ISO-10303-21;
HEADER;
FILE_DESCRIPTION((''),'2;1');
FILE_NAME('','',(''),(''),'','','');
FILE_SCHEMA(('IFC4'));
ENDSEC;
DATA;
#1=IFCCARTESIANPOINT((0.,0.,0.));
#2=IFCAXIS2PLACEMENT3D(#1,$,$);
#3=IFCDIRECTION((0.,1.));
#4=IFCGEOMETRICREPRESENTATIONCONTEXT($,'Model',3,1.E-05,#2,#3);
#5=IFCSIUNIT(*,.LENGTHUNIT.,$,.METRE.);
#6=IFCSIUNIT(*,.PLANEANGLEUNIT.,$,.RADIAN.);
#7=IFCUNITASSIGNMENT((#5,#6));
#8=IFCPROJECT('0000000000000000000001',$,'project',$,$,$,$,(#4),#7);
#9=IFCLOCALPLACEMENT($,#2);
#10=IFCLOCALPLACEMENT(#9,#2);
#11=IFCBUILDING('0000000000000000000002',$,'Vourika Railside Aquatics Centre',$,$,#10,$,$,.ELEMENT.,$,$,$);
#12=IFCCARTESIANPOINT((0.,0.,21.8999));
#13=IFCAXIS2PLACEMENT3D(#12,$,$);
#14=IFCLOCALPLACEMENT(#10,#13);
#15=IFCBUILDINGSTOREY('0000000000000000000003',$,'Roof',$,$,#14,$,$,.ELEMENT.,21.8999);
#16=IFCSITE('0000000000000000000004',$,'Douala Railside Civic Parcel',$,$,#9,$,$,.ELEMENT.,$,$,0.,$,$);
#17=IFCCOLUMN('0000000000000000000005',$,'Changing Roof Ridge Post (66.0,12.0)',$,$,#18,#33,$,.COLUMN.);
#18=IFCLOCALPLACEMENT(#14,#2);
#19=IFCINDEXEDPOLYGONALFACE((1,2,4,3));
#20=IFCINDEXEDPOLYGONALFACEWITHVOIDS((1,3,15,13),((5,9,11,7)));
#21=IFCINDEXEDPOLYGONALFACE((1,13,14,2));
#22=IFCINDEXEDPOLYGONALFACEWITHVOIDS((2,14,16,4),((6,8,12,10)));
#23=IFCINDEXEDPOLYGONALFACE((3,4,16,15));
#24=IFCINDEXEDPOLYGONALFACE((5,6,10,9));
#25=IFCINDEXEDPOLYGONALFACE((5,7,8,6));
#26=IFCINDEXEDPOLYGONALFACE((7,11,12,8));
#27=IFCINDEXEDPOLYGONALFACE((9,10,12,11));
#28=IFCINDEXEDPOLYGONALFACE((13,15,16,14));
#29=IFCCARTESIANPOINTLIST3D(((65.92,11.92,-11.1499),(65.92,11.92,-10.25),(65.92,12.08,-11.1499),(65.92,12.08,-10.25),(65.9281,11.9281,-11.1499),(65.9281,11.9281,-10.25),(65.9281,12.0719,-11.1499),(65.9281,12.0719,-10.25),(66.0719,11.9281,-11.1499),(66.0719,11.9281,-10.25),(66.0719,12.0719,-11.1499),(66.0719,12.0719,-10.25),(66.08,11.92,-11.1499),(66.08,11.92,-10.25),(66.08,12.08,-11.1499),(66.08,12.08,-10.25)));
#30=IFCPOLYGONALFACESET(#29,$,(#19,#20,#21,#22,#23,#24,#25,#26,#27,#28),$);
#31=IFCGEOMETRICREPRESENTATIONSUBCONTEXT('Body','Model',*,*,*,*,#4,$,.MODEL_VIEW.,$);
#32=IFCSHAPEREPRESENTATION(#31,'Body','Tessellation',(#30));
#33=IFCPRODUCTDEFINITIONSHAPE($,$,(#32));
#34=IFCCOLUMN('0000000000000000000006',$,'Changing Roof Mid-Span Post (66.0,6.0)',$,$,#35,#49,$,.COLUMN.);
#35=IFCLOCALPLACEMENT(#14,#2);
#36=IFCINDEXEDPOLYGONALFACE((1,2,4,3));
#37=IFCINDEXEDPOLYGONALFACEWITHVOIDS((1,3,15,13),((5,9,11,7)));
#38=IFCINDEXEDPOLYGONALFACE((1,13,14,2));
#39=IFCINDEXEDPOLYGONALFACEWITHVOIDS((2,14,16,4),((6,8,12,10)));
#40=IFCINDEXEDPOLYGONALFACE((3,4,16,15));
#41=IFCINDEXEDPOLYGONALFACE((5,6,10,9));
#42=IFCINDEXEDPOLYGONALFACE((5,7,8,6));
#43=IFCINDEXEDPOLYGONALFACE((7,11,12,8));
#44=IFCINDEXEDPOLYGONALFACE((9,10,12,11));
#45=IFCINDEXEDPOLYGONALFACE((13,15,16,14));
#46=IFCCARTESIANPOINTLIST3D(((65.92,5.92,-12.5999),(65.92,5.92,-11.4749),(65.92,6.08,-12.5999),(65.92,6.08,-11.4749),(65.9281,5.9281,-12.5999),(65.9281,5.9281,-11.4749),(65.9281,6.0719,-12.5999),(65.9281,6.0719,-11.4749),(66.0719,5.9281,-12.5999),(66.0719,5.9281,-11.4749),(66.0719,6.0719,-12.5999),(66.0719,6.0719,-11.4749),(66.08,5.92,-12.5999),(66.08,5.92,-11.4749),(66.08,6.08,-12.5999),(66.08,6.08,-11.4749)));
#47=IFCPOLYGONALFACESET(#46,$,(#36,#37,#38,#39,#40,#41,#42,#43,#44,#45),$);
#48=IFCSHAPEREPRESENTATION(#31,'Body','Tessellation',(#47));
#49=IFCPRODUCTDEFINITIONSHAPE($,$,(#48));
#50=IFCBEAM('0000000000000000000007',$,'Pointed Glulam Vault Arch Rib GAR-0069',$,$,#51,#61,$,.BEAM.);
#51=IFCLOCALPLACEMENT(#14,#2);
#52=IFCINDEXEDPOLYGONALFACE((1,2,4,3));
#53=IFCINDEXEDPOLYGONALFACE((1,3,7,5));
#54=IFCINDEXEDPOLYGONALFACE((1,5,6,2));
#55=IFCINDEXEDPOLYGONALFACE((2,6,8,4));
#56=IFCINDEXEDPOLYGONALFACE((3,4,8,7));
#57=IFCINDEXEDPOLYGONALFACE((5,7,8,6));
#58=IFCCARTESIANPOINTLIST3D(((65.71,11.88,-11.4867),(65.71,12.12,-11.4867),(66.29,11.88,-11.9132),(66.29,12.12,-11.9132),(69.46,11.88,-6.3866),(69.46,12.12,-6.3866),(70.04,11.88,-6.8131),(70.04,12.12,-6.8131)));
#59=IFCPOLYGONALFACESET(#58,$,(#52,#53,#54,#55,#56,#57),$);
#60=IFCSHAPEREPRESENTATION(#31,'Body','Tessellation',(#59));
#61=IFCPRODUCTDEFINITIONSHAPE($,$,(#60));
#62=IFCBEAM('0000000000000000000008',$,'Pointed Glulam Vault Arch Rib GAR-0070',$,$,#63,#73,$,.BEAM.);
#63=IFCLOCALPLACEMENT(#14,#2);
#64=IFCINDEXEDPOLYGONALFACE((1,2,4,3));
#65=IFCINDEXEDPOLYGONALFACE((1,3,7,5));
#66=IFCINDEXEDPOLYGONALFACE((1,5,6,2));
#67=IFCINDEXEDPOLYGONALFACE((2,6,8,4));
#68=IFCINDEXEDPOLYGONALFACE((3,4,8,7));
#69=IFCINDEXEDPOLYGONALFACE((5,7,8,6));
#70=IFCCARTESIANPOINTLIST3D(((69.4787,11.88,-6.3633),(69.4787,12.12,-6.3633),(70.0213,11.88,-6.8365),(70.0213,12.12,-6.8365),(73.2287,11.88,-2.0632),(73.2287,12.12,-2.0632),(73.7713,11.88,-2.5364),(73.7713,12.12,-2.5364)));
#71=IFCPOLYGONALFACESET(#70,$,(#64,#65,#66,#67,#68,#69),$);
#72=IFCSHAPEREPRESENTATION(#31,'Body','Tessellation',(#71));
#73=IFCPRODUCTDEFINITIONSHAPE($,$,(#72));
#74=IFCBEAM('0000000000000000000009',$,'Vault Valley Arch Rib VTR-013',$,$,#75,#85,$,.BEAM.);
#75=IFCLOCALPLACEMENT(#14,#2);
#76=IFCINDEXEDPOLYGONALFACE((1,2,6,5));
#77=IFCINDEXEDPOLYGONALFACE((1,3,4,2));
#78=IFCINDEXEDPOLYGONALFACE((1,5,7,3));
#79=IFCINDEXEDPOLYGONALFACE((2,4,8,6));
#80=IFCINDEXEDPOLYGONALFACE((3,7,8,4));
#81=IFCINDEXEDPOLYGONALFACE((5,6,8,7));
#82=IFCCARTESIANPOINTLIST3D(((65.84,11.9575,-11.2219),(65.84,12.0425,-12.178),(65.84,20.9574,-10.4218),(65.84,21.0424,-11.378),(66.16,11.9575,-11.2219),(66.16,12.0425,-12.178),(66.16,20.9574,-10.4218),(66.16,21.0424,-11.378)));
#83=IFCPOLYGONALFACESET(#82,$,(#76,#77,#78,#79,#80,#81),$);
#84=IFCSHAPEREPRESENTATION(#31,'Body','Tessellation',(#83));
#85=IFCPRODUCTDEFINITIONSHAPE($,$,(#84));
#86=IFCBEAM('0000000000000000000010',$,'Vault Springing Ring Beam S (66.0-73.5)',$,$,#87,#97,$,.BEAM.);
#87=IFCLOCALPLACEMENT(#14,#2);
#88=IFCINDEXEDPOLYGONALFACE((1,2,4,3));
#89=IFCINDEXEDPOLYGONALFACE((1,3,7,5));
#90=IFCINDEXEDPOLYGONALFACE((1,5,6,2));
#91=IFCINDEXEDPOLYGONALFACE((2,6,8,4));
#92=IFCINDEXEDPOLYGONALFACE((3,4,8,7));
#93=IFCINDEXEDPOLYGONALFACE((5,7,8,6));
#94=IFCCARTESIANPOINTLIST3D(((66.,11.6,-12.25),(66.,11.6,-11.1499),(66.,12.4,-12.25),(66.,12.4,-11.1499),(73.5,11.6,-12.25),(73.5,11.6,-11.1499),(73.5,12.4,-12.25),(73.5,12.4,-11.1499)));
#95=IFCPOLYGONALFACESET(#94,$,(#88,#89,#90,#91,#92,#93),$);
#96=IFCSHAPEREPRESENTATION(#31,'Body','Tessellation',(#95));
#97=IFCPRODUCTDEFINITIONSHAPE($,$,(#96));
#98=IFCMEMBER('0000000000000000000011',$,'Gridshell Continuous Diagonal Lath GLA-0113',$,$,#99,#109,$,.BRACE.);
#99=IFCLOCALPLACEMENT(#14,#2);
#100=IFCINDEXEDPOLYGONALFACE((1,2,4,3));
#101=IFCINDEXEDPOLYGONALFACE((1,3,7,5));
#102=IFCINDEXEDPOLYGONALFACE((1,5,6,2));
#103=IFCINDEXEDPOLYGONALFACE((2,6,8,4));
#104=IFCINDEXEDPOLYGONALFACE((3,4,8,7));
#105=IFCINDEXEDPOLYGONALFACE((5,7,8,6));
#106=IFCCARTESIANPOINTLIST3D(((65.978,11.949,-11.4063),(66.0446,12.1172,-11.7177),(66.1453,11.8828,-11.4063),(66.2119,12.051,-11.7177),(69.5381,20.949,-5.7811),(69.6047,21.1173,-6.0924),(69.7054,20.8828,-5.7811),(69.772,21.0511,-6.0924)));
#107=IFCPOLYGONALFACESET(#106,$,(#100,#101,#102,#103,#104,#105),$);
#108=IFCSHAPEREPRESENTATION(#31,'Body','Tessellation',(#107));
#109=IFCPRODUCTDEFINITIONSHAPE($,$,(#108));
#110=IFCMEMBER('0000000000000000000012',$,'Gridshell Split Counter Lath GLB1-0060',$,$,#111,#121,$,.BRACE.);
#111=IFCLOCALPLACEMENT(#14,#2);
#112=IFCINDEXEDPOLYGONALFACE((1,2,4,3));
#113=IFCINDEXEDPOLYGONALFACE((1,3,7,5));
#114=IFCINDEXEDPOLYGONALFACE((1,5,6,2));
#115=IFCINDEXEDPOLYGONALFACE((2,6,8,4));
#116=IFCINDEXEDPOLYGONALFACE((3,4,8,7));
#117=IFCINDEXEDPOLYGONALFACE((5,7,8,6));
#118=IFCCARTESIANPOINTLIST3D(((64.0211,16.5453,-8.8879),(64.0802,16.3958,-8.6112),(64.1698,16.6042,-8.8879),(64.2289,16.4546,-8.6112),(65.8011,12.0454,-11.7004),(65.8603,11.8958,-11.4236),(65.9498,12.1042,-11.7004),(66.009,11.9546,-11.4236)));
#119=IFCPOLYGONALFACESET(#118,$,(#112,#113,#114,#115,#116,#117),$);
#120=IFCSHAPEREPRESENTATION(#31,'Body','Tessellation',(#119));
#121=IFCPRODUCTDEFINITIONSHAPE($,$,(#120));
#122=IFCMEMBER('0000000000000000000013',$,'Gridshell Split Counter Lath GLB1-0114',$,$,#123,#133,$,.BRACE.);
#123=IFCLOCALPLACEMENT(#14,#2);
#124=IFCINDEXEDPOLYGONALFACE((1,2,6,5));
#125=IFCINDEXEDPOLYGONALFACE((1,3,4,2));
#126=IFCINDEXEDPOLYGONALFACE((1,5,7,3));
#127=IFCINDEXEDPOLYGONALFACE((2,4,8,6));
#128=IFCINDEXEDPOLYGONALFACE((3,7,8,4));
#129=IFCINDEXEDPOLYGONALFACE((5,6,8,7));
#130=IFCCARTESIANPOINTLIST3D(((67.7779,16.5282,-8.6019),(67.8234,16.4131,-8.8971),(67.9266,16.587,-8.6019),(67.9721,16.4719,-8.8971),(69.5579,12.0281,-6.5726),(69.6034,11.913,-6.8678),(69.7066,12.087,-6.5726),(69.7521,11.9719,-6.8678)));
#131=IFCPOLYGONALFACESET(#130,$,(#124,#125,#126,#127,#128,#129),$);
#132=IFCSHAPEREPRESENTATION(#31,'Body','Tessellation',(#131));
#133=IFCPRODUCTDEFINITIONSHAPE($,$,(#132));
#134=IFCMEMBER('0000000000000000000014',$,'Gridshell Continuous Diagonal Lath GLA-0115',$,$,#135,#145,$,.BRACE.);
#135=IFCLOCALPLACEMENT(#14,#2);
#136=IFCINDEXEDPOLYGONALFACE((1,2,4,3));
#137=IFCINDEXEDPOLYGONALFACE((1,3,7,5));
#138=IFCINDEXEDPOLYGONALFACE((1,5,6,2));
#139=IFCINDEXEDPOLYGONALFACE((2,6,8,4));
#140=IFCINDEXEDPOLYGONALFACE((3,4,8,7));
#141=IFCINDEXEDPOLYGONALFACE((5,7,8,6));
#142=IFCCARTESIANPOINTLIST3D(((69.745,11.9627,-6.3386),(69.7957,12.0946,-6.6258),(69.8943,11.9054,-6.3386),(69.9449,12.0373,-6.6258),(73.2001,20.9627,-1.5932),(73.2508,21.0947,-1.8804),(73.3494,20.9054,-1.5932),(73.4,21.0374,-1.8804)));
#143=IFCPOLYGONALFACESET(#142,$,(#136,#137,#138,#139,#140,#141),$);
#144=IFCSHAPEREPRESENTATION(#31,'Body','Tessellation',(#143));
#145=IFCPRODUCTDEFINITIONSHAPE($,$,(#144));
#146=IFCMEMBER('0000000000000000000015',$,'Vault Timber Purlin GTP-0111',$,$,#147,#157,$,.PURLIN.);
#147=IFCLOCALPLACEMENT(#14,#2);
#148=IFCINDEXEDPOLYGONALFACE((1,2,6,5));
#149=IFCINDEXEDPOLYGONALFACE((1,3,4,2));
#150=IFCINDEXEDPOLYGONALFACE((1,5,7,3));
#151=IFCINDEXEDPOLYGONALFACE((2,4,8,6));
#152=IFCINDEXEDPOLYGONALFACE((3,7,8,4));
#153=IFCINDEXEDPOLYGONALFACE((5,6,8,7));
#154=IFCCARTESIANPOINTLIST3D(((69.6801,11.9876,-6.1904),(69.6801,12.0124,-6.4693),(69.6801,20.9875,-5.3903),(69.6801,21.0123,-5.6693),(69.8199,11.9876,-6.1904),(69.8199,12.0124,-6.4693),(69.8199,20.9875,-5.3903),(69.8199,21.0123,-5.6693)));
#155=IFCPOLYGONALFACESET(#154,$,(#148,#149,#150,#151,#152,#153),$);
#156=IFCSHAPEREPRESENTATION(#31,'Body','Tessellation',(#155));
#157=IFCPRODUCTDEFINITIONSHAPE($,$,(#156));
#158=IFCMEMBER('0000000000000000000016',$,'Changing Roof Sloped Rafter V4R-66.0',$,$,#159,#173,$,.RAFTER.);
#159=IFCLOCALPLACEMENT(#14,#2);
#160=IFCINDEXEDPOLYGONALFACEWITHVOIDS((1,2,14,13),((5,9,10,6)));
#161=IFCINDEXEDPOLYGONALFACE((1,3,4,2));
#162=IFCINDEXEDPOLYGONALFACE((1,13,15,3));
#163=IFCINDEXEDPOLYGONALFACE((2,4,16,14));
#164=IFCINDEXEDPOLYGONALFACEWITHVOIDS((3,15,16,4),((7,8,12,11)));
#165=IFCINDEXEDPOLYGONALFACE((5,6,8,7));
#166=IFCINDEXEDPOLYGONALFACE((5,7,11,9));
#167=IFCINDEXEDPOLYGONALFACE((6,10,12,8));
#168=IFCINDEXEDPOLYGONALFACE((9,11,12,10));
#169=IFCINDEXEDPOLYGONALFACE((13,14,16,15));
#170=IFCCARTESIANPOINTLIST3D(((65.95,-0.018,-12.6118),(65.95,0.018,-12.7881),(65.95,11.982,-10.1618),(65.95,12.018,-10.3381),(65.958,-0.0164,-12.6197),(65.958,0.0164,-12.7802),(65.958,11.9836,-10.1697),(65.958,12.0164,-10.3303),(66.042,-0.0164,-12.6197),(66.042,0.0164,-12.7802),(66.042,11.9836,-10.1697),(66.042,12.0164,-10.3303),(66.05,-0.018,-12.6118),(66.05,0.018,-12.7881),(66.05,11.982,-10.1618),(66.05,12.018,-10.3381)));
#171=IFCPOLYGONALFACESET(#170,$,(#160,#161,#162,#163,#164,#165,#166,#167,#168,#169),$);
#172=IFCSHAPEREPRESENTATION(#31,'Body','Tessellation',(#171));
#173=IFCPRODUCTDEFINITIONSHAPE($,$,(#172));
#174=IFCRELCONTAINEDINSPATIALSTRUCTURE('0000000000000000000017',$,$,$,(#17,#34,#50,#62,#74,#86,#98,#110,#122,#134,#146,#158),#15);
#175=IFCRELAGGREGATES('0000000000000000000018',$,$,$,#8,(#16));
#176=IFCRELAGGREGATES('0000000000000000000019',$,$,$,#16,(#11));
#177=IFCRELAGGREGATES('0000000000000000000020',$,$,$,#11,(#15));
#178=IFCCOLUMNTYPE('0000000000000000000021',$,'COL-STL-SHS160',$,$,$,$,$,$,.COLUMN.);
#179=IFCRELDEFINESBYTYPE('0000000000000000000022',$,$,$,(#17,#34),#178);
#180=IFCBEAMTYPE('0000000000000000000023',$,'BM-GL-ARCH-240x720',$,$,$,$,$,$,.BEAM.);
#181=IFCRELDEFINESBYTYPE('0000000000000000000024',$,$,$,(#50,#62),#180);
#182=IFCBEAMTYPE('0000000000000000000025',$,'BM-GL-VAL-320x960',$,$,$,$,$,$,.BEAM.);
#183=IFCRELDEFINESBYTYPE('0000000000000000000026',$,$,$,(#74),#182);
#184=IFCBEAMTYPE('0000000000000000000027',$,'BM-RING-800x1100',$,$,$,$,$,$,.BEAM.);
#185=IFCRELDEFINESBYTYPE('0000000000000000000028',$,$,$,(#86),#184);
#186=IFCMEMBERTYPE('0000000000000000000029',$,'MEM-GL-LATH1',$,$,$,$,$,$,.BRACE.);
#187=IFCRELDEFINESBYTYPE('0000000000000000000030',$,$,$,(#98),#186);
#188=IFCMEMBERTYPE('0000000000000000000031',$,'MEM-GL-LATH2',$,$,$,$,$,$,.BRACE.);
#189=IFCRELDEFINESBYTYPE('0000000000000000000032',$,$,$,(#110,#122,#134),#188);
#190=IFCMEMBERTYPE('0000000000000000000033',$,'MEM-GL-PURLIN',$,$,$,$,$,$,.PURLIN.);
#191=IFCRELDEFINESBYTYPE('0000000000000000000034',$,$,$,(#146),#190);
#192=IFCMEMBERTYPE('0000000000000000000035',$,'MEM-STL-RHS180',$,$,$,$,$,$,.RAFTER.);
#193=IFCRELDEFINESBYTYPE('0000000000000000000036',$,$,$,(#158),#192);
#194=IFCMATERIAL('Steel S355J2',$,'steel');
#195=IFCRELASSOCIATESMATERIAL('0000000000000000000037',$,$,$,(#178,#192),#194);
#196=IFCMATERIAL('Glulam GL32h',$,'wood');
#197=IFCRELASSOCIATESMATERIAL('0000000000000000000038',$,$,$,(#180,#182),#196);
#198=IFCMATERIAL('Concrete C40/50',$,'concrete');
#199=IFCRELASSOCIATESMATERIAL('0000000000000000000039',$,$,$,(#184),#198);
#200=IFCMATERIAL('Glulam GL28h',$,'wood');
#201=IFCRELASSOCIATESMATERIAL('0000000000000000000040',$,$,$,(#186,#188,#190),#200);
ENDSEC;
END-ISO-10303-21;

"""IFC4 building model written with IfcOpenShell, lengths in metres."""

from ifc_helpers import new_model, si_unit, direction, frame, origin, origin_2d, place, context, subcontext, project, spatial, rectangle, hollow_rectangle, extrude, material, material_profile, profile_set, type_object, element, save


model = new_model("IFC4")

# Units and contexts
model_context = context("Model", 3, precision=1e-05, world=origin(), true_north=direction((0.0, 1.0)))
body_context = subcontext(model_context, "Body", "Model", "MODEL_VIEW")
ifc_project = project(units=[si_unit("LENGTHUNIT", "METRE"), si_unit("PLANEANGLEUNIT", "RADIAN")], contexts=[model_context])

# Site, building, storey
site_placement = place(None, origin())
site = spatial("IfcSite", under=ifc_project, at=site_placement, Name="Douala Railside Civic Parcel", CompositionType="ELEMENT", RefElevation=0.0)
building_placement = place(site_placement, origin())
building = spatial("IfcBuilding", under=site, at=building_placement, Name="Vourika Railside Aquatics Centre", CompositionType="ELEMENT")
storey_placement = place(building_placement, frame((0.0, 0.0, 21.8999)))
storey = spatial("IfcBuildingStorey", under=building, at=storey_placement, Name="Roof", CompositionType="ELEMENT", Elevation=21.8999)

# Columns
ifc_material_1 = material(Name="Steel S355J2", Category="steel")
ifc_material_profile_1 = material_profile(ifc_material_1, hollow_rectangle(XDim=0.1599, YDim=0.1599, WallThickness=0.0081, at=origin_2d()), Name="SHS 160x160x8")
ifc_profile_set_1 = profile_set([ifc_material_profile_1], Name="Steel S355J2")
column_type = type_object("IfcColumnType", Name="COL-STL-SHS160", PredefinedType="COLUMN", material=ifc_profile_set_1)
column_1_placement = place(storey_placement, frame((66.0, 12.0, -11.1499), z_axis=(0.0, 0.0, 1.0), x_axis=(1.0, 0.0, 0.0)))
element("IfcColumn", 1, at=column_1_placement, inside=storey, type_object=column_type, Name="Changing Roof Ridge Post (66.0,12.0)", PredefinedType="COLUMN", context=body_context, shape_type="SweptSolid", body=[
    extrude(hollow_rectangle(XDim=0.1599, YDim=0.1599, WallThickness=0.0081, at=origin_2d()), origin(), (0.0, 0.0, 1.0), 0.8999),
])
column_2_placement = place(storey_placement, frame((66.0, 6.0, -12.5999), z_axis=(0.0, 0.0, 1.0), x_axis=(1.0, 0.0, 0.0)))
element("IfcColumn", 2, at=column_2_placement, inside=storey, type_object=column_type, Name="Changing Roof Mid-Span Post (66.0,6.0)", PredefinedType="COLUMN", context=body_context, shape_type="SweptSolid", body=[
    extrude(hollow_rectangle(XDim=0.1599, YDim=0.1599, WallThickness=0.0081, at=origin_2d()), origin(), (0.0, 0.0, 1.0), 1.125),
])

# Beams
ifc_material_2 = material(Name="Glulam GL32h", Category="wood")
ifc_material_profile_2 = material_profile(ifc_material_2, rectangle(XDim=0.24, YDim=0.72, at=origin_2d()), Name="GL32h 240x720")
ifc_profile_set_2 = profile_set([ifc_material_profile_2], Name="Glulam GL32h")
beam_type_1 = type_object("IfcBeamType", Name="BM-GL-ARCH-240x720", PredefinedType="BEAM", material=ifc_profile_set_2)
beam_1_placement = place(storey_placement, frame((66.0, 12.0, -11.7), z_axis=(0.592383, 0.0, 0.805656), x_axis=(0.0, 1.0, 0.0)))
element("IfcBeam", 3, at=beam_1_placement, inside=storey, type_object=beam_type_1, Name="Pointed Glulam Vault Arch Rib GAR-0069", PredefinedType="BEAM", context=body_context, shape_type="SweptSolid", body=[
    extrude(rectangle(XDim=0.24, YDim=0.72, at=origin_2d()), origin(), (0.0, 0.0, 1.0), 6.3303),
])
beam_2_placement = place(storey_placement, frame((69.75, 12.0, -6.5999), z_axis=(0.657259, 0.0, 0.753665), x_axis=(0.0, 1.0, 0.0)))
element("IfcBeam", 4, at=beam_2_placement, inside=storey, type_object=beam_type_1, Name="Pointed Glulam Vault Arch Rib GAR-0070", PredefinedType="BEAM", context=body_context, shape_type="SweptSolid", body=[
    extrude(rectangle(XDim=0.24, YDim=0.72, at=origin_2d()), origin(), (0.0, 0.0, 1.0), 5.7056),
])
ifc_material_profile_3 = material_profile(ifc_material_2, rectangle(XDim=0.3201, YDim=0.96, at=origin_2d()), Name="GL32h 320x960")
ifc_profile_set_3 = profile_set([ifc_material_profile_3], Name="Glulam GL32h")
beam_type_2 = type_object("IfcBeamType", Name="BM-GL-VAL-320x960", PredefinedType="BEAM", material=ifc_profile_set_3)
beam_3_placement = place(storey_placement, frame((66.0, 12.0, -11.7), z_axis=(0.0, 0.996072, 0.088545), x_axis=(-1.0, 0.0, 0.0)))
element("IfcBeam", 5, at=beam_3_placement, inside=storey, type_object=beam_type_2, Name="Vault Valley Arch Rib VTR-013", PredefinedType="BEAM", context=body_context, shape_type="SweptSolid", body=[
    extrude(rectangle(XDim=0.3201, YDim=0.96, at=origin_2d()), origin(), (0.0, 0.0, 1.0), 9.0354),
])
ifc_material_3 = material(Name="Concrete C40/50", Category="concrete")
ifc_material_profile_4 = material_profile(ifc_material_3, rectangle(XDim=0.8, YDim=1.1001, at=origin_2d()), Name="RC 800x1100")
ifc_profile_set_4 = profile_set([ifc_material_profile_4], Name="Concrete C40/50")
beam_type_3 = type_object("IfcBeamType", Name="BM-RING-800x1100", PredefinedType="BEAM", material=ifc_profile_set_4)
beam_4_placement = place(storey_placement, frame((66.0, 12.0, -11.7), z_axis=(1.0, 0.0, 0.0), x_axis=(0.0, 1.0, 0.0)))
element("IfcBeam", 6, at=beam_4_placement, inside=storey, type_object=beam_type_3, Name="Vault Springing Ring Beam S (66.0-73.5)", PredefinedType="BEAM", context=body_context, shape_type="SweptSolid", body=[
    extrude(rectangle(XDim=0.8, YDim=1.1001, at=origin_2d()), origin(), (0.0, 0.0, 1.0), 7.5),
])

# Members
ifc_material_4 = material(Name="Glulam GL28h", Category="wood")
ifc_material_profile_5 = material_profile(ifc_material_4, rectangle(XDim=0.1799, YDim=0.3601, at=origin_2d()), Name="GL28h 180x360")
ifc_profile_set_5 = profile_set([ifc_material_profile_5], Name="Glulam GL28h")
member_type_1 = type_object("IfcMemberType", Name="MEM-GL-LATH1", PredefinedType="BRACE", material=ifc_profile_set_5)
member_1_placement = place(storey_placement, frame((66.095, 12.0, -11.562), z_axis=(0.318018, 0.803964, 0.5025), x_axis=(-0.929893, 0.36783, 0.0)))
element("IfcMember", 7, at=member_1_placement, inside=storey, type_object=member_type_1, Name="Gridshell Continuous Diagonal Lath GLA-0113", PredefinedType="BRACE", context=body_context, shape_type="SweptSolid", body=[
    extrude(rectangle(XDim=0.1799, YDim=0.3601, at=origin_2d()), origin(), (0.0, 0.0, 1.0), 11.1946),
])
ifc_material_profile_6 = material_profile(ifc_material_4, rectangle(XDim=0.1599, YDim=0.3201, at=origin_2d()), Name="GL28h 160x320")
ifc_profile_set_6 = profile_set([ifc_material_profile_6], Name="Glulam GL28h")
member_type_2 = type_object("IfcMemberType", Name="MEM-GL-LATH2", PredefinedType="BRACE", material=ifc_profile_set_6)
member_2_placement = place(storey_placement, frame((65.905, 12.0, -11.562), z_axis=(-0.318021, 0.803973, 0.502483), x_axis=(-0.929893, -0.36783, 0.0)))
element("IfcMember", 8, at=member_2_placement, inside=storey, type_object=member_type_2, Name="Gridshell Split Counter Lath GLB1-0060", PredefinedType="BRACE", context=body_context, shape_type="SweptSolid", body=[
    extrude(rectangle(XDim=0.1599, YDim=0.3201, at=origin_2d()), origin(), (0.0, 0.0, 1.0), 5.5972),
])
member_3_placement = place(storey_placement, frame((69.655, 12.0, -6.7202), z_axis=(-0.339213, 0.857547, -0.386715), x_axis=(-0.929893, -0.36783, 0.0)))
element("IfcMember", 9, at=member_3_placement, inside=storey, type_object=member_type_2, Name="Gridshell Split Counter Lath GLB1-0114", PredefinedType="BRACE", context=body_context, shape_type="SweptSolid", body=[
    extrude(rectangle(XDim=0.1599, YDim=0.3201, at=origin_2d()), origin(), (0.0, 0.0, 1.0), 5.2476),
])
member_4_placement = place(storey_placement, frame((69.845, 12.0, -6.4822), z_axis=(0.321551, 0.837595, 0.441632), x_axis=(-0.93357, 0.358395, 0.0)))
element("IfcMember", 10, at=member_4_placement, inside=storey, type_object=member_type_2, Name="Gridshell Continuous Diagonal Lath GLA-0115", PredefinedType="BRACE", context=body_context, shape_type="SweptSolid", body=[
    extrude(rectangle(XDim=0.1599, YDim=0.3201, at=origin_2d()), origin(), (0.0, 0.0, 1.0), 10.7451),
])
ifc_material_profile_7 = material_profile(ifc_material_4, rectangle(XDim=0.1399, YDim=0.28, at=origin_2d()), Name="GL28h 140x280")
ifc_profile_set_7 = profile_set([ifc_material_profile_7], Name="Glulam GL28h")
member_type_3 = type_object("IfcMemberType", Name="MEM-GL-PURLIN", PredefinedType="PURLIN", material=ifc_profile_set_7)
member_5_placement = place(storey_placement, frame((69.75, 12.0, -6.3298), z_axis=(0.0, 0.996072, 0.088545), x_axis=(-1.0, 0.0, 0.0)))
element("IfcMember", 11, at=member_5_placement, inside=storey, type_object=member_type_3, Name="Vault Timber Purlin GTP-0111", PredefinedType="PURLIN", context=body_context, shape_type="SweptSolid", body=[
    extrude(rectangle(XDim=0.1399, YDim=0.28, at=origin_2d()), origin(), (0.0, 0.0, 1.0), 9.0354),
])
ifc_material_profile_8 = material_profile(ifc_material_1, hollow_rectangle(XDim=0.1001, YDim=0.1799, WallThickness=0.0081, at=origin_2d()), Name="RHS 180x100x8")
ifc_profile_set_8 = profile_set([ifc_material_profile_8], Name="Steel S355J2")
member_type_4 = type_object("IfcMemberType", Name="MEM-STL-RHS180", PredefinedType="RAFTER", material=ifc_profile_set_8)
member_6_placement = place(storey_placement, frame((66.0, 0.0, -12.7), z_axis=(0.0, 0.979789, 0.200036), x_axis=(-1.0, 0.0, 0.0)))
element("IfcMember", 12, at=member_6_placement, inside=storey, type_object=member_type_4, Name="Changing Roof Sloped Rafter V4R-66.0", PredefinedType="RAFTER", context=body_context, shape_type="SweptSolid", body=[
    extrude(hollow_rectangle(XDim=0.1001, YDim=0.1799, WallThickness=0.0081, at=origin_2d()), origin(), (0.0, 0.0, 1.0), 12.2476),
])

save(model, "model.ifc")
